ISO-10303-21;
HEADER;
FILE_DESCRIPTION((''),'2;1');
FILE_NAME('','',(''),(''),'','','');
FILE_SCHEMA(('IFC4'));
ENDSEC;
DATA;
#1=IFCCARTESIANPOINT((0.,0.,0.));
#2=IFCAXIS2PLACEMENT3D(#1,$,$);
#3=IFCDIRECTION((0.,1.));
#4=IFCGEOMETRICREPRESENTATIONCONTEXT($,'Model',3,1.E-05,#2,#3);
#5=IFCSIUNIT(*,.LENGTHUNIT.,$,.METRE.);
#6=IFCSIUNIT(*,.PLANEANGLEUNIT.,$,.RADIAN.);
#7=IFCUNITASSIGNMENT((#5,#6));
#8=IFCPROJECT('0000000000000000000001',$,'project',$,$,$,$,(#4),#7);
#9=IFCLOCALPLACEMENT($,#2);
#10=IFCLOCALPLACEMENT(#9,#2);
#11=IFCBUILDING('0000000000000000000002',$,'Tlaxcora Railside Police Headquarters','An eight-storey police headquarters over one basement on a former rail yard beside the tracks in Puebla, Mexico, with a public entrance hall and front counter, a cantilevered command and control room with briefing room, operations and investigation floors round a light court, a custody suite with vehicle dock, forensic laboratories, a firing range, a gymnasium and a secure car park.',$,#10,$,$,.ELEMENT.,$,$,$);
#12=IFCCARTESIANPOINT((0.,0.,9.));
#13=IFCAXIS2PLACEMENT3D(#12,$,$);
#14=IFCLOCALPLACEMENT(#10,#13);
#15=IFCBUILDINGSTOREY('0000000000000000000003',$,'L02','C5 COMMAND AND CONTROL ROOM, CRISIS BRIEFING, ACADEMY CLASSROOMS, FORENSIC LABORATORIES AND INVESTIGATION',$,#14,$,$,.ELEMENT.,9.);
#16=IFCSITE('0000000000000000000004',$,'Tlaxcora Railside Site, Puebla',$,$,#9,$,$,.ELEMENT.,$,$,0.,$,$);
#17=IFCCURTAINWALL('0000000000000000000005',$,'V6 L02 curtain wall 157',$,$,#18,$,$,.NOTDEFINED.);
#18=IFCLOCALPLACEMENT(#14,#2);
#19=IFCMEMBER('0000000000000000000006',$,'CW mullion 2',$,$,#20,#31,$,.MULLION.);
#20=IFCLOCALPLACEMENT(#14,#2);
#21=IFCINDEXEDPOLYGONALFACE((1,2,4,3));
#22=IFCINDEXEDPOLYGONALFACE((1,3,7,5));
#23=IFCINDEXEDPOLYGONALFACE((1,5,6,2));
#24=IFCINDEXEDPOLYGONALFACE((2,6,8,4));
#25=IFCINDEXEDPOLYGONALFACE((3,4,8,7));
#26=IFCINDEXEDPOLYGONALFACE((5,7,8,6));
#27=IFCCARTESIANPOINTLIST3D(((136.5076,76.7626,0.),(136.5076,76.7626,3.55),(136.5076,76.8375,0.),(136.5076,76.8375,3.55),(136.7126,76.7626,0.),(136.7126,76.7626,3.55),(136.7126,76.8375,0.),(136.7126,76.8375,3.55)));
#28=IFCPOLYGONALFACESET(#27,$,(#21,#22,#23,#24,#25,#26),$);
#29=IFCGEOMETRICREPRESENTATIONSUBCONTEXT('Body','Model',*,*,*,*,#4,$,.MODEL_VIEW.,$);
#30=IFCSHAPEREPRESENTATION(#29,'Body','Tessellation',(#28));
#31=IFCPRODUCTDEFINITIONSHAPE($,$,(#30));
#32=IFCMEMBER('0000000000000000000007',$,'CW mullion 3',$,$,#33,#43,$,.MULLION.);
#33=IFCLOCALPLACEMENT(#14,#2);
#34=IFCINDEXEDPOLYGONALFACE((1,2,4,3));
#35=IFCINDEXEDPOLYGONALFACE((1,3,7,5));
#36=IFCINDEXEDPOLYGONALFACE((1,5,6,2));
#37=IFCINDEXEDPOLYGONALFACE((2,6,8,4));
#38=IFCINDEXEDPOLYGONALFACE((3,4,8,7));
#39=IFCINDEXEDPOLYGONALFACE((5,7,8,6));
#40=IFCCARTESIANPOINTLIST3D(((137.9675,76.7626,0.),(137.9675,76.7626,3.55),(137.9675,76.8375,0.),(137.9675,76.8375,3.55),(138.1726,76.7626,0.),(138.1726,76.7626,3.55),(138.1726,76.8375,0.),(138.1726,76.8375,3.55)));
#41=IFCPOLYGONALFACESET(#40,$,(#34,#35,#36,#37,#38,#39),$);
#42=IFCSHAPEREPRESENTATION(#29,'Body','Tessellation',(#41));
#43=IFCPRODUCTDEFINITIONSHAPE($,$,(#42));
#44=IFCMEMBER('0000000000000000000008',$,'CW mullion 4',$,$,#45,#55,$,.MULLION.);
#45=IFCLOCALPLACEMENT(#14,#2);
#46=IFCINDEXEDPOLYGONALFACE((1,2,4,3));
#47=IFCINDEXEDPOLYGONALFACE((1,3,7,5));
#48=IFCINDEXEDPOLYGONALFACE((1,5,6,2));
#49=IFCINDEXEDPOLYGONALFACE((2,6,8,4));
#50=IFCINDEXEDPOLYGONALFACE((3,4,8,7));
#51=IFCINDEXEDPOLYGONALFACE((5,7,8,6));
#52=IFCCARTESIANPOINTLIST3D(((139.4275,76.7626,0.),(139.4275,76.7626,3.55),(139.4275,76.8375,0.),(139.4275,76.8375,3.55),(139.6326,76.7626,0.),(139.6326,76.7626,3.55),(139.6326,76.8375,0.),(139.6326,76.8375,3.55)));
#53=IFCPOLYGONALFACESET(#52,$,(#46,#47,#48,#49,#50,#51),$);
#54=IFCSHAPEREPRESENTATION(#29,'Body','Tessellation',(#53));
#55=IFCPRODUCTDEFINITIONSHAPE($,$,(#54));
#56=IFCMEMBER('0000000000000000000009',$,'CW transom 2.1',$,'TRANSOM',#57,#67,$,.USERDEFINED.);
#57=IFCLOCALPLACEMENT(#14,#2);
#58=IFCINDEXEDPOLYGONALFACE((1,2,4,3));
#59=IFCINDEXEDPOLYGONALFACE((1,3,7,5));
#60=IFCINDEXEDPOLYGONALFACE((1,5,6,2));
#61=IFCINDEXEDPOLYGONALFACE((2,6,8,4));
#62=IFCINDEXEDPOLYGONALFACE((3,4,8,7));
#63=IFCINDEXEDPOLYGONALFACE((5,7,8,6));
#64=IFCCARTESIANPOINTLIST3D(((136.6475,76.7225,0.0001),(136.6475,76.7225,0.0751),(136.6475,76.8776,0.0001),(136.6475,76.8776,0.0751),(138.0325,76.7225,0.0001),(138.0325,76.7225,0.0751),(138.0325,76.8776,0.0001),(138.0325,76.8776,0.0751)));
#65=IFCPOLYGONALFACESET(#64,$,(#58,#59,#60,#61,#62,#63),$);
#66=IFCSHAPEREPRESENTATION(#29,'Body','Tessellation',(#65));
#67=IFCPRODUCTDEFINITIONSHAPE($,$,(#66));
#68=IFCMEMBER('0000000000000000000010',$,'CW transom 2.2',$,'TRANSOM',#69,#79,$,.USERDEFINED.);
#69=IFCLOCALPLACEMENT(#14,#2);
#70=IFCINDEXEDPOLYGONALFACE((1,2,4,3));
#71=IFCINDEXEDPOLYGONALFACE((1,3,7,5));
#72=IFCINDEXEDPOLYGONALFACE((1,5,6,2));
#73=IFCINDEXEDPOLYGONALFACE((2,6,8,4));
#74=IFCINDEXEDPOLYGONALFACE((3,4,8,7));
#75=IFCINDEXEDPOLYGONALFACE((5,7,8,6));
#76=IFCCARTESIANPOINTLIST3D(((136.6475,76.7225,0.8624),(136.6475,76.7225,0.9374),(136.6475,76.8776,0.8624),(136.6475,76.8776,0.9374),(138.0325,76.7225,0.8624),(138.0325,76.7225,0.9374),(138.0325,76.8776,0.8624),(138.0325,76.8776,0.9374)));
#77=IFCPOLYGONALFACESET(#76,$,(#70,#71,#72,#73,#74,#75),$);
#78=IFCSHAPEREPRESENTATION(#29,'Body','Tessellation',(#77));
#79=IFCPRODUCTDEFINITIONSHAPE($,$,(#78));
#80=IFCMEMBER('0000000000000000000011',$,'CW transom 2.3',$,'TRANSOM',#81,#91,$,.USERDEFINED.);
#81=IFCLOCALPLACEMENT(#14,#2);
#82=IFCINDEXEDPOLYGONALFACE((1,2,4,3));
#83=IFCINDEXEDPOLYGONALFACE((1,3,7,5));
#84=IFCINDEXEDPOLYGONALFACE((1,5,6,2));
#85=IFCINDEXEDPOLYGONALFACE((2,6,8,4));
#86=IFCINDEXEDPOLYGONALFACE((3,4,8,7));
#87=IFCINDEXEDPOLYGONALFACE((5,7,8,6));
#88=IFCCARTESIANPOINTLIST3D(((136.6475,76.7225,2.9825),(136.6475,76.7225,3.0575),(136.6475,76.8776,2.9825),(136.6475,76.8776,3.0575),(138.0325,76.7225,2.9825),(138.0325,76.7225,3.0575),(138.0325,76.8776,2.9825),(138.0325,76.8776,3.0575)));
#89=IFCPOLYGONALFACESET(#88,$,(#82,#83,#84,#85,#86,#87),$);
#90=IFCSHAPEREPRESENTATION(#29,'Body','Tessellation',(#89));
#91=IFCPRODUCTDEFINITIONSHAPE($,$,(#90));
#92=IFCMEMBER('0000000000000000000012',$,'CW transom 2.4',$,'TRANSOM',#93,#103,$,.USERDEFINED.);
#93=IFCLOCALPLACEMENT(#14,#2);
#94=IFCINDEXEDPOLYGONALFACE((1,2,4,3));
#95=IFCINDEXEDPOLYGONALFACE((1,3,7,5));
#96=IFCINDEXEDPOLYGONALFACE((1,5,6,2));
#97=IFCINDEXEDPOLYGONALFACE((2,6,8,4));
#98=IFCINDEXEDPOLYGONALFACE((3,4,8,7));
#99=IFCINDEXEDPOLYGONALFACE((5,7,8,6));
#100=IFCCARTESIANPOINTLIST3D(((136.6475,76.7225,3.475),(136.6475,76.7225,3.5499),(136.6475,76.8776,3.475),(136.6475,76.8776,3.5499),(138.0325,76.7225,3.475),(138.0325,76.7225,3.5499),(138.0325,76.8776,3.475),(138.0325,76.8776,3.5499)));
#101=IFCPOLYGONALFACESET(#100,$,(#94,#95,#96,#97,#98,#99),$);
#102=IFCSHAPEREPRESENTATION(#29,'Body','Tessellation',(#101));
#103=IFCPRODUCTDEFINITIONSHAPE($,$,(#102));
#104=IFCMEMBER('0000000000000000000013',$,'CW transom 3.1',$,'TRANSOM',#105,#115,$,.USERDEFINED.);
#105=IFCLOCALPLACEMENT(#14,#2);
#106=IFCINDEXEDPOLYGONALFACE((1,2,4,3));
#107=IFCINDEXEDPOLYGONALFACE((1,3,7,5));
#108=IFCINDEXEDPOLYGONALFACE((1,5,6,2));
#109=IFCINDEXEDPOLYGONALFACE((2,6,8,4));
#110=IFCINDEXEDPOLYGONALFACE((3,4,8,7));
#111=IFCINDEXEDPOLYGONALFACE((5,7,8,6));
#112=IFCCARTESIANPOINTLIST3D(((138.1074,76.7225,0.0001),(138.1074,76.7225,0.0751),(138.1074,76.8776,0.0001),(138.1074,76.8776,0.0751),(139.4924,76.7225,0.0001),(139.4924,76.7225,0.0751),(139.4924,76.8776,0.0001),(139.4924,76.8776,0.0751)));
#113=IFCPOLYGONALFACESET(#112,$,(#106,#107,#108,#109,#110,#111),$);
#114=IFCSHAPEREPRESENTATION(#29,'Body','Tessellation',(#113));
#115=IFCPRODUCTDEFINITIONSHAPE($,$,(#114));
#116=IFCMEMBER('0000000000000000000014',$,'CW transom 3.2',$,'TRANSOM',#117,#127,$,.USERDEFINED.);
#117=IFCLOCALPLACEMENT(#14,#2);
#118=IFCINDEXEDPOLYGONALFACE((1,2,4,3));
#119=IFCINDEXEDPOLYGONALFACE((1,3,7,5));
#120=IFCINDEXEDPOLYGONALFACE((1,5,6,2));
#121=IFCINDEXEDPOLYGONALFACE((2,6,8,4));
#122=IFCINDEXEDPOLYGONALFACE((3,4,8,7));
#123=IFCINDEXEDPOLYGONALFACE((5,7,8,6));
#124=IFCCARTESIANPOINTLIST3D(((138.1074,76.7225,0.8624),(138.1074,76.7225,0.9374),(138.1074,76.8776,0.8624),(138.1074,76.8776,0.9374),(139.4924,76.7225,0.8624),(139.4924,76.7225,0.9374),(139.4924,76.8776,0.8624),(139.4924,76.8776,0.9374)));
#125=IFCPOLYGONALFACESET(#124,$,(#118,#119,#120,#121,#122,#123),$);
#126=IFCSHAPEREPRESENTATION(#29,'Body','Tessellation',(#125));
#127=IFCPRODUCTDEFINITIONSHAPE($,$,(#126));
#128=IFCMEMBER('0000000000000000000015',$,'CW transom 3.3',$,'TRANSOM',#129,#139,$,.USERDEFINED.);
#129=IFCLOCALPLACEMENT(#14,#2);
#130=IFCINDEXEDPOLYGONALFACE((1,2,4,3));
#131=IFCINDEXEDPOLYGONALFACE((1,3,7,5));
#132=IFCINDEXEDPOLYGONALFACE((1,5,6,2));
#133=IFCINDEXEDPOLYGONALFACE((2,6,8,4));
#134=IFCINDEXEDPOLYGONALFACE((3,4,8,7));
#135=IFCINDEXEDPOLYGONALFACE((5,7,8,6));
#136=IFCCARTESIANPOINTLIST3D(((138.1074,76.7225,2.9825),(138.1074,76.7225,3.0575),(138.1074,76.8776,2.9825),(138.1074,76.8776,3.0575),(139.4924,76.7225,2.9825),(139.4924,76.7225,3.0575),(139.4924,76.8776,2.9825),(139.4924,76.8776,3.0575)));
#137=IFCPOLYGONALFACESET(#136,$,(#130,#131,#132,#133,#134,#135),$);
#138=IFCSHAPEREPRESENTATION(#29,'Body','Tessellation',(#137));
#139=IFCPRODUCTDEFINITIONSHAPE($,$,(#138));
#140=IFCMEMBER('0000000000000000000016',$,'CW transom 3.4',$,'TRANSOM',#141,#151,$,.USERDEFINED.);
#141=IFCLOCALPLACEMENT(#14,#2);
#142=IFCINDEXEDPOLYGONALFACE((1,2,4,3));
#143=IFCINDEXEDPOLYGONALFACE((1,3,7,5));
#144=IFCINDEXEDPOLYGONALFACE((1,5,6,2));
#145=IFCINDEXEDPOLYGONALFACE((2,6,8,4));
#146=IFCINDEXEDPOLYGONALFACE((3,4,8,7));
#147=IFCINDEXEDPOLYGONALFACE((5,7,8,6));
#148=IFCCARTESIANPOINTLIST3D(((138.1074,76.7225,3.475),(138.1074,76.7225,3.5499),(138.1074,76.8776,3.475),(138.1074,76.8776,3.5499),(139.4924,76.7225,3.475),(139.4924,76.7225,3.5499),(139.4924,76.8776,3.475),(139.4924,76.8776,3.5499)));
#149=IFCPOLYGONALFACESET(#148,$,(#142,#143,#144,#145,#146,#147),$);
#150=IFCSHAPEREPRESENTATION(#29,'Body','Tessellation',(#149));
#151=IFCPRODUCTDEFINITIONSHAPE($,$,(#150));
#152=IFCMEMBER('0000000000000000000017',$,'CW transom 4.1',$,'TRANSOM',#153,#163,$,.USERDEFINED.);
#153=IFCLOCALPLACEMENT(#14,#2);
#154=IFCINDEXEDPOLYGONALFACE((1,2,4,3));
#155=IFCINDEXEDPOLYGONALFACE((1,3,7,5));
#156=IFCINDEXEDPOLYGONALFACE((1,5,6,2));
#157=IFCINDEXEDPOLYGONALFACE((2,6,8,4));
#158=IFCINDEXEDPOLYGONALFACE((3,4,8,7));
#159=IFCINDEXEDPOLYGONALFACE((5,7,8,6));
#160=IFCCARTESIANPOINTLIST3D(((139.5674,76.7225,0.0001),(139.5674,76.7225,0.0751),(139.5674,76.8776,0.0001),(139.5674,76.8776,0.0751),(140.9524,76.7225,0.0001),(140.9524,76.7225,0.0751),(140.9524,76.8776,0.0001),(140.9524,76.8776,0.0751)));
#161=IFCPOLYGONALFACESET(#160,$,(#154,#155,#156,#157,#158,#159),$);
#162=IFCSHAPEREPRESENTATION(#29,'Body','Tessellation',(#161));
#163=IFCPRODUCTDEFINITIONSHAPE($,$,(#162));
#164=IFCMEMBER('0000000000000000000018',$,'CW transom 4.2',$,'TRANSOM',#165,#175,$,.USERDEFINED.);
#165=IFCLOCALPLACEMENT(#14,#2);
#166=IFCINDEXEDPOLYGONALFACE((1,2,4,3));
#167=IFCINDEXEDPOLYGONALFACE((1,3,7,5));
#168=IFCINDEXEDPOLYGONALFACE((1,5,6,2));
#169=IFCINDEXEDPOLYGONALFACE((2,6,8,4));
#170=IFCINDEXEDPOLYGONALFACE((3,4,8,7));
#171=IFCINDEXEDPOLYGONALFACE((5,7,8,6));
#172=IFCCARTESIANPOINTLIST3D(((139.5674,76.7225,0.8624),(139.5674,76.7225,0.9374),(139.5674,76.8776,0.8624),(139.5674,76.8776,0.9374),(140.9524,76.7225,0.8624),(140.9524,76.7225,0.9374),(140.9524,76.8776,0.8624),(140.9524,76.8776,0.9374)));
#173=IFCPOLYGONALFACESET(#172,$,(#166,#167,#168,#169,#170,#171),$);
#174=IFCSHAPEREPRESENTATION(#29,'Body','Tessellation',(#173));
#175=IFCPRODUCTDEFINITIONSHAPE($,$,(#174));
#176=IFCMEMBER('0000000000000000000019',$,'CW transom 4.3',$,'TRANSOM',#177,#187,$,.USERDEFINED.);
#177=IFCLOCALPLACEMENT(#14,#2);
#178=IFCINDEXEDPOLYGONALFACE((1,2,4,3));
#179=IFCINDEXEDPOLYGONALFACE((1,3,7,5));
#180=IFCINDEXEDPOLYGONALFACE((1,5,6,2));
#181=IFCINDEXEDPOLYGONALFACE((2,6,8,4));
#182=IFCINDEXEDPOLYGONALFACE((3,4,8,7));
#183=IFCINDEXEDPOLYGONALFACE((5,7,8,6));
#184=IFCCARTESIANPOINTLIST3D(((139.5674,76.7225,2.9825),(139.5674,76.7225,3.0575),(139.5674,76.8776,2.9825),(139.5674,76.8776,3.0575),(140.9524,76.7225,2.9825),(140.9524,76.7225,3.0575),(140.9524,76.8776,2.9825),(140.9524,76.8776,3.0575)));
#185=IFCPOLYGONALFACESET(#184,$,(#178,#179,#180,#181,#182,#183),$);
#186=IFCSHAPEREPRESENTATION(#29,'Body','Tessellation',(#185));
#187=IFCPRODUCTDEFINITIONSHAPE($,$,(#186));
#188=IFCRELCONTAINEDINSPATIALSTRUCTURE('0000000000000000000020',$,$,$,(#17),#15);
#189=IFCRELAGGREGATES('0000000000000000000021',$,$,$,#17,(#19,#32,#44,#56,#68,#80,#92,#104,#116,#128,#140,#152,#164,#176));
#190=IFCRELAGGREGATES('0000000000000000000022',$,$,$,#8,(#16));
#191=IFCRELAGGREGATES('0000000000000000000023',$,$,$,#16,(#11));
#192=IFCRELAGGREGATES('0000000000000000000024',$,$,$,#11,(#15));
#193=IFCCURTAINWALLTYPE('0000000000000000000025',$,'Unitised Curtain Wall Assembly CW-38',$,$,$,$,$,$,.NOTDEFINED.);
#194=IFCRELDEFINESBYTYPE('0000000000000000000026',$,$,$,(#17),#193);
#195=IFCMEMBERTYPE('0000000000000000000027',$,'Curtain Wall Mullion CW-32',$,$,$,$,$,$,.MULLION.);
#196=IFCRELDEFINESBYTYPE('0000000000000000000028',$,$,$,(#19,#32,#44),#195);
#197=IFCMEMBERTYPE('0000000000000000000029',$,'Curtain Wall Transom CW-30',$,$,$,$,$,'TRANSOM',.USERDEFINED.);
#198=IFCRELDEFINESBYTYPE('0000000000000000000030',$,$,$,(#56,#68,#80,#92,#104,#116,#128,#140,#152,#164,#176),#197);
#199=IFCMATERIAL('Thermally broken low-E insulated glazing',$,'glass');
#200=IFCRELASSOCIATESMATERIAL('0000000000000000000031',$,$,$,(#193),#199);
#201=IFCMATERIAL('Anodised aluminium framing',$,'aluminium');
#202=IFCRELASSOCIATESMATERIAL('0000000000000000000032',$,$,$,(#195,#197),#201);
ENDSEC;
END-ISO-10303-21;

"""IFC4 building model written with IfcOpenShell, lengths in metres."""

from ifc_helpers import new_model, si_unit, direction, frame, origin, origin_2d, place, context, subcontext, project, spatial, rectangle, extrude, material, material_profile, profile_set, type_object, element, aggregate, save


model = new_model("IFC4")

# Units and contexts
model_context = context("Model", 3, precision=1e-05, world=origin(), true_north=direction((0.0, 1.0)))
body_context = subcontext(model_context, "Body", "Model", "MODEL_VIEW")
ifc_project = project(units=[si_unit("LENGTHUNIT", "METRE"), si_unit("PLANEANGLEUNIT", "RADIAN")], contexts=[model_context])

# Site, building, storey
site_placement = place(None, origin())
site = spatial("IfcSite", under=ifc_project, at=site_placement, Name="Tlaxcora Railside Site, Puebla", CompositionType="ELEMENT", RefElevation=0.0)
building_placement = place(site_placement, origin())
building = spatial("IfcBuilding", under=site, at=building_placement, Name="Tlaxcora Railside Police Headquarters", Description="An eight-storey police headquarters over one basement on a former rail yard beside the tracks in Puebla, Mexico, with a public entrance hall and front counter, a cantilevered command and control room with briefing room, operations and investigation floors round a light court, a custody suite with vehicle dock, forensic laboratories, a firing range, a gymnasium and a secure car park.", CompositionType="ELEMENT")
storey_placement = place(building_placement, frame((0.0, 0.0, 9.0)))
storey = spatial("IfcBuildingStorey", under=building, at=storey_placement, Name="L02", Description="C5 COMMAND AND CONTROL ROOM, CRISIS BRIEFING, ACADEMY CLASSROOMS, FORENSIC LABORATORIES AND INVESTIGATION", CompositionType="ELEMENT", Elevation=9.0)

# Curtain wall, members
ifc_material_1 = material(Name="Thermally broken low-E insulated glazing", Category="glass")
curtain_wall_type = type_object("IfcCurtainWallType", Name="Unitised Curtain Wall Assembly CW-38", PredefinedType="NOTDEFINED", material=ifc_material_1)
curtain_wall_placement = place(storey_placement, origin())
curtain_wall = element("IfcCurtainWall", 1, at=curtain_wall_placement, inside=storey, type_object=curtain_wall_type, Name="V6 L02 curtain wall 157", PredefinedType="NOTDEFINED")
ifc_material_2 = material(Name="Anodised aluminium framing", Category="aluminium")
ifc_material_profile_1 = material_profile(ifc_material_2, rectangle(XDim=0.075, YDim=0.2051, at=origin_2d()), Name="AL75X205")
ifc_profile_set_1 = profile_set([ifc_material_profile_1], Name="Anodised aluminium framing")
member_type_1 = type_object("IfcMemberType", Name="Curtain Wall Mullion CW-32", PredefinedType="MULLION", material=ifc_profile_set_1)
member_1_placement = place(storey_placement, frame((136.6101, 76.8, 0.0), z_axis=(0.0, 0.0, 1.0), x_axis=(0.0, 1.0, 0.0)))
member_1 = element("IfcMember", 2, at=member_1_placement, type_object=member_type_1, Name="CW mullion 2", PredefinedType="MULLION", context=body_context, shape_type="SweptSolid", body=[
    extrude(rectangle(XDim=0.075, YDim=0.2051, at=origin_2d()), origin(), (0.0, 0.0, 1.0), 3.55),
])
member_2_placement = place(storey_placement, frame((138.0701, 76.8, 0.0), z_axis=(0.0, 0.0, 1.0), x_axis=(0.0, 1.0, 0.0)))
member_2 = element("IfcMember", 3, at=member_2_placement, type_object=member_type_1, Name="CW mullion 3", PredefinedType="MULLION", context=body_context, shape_type="SweptSolid", body=[
    extrude(rectangle(XDim=0.075, YDim=0.2051, at=origin_2d()), origin(), (0.0, 0.0, 1.0), 3.55),
])
member_3_placement = place(storey_placement, frame((139.53, 76.8, 0.0), z_axis=(0.0, 0.0, 1.0), x_axis=(0.0, 1.0, 0.0)))
member_3 = element("IfcMember", 4, at=member_3_placement, type_object=member_type_1, Name="CW mullion 4", PredefinedType="MULLION", context=body_context, shape_type="SweptSolid", body=[
    extrude(rectangle(XDim=0.075, YDim=0.2051, at=origin_2d()), origin(), (0.0, 0.0, 1.0), 3.55),
])
ifc_material_profile_2 = material_profile(ifc_material_2, rectangle(XDim=0.155, YDim=0.075, at=origin_2d()), Name="AL75X155")
ifc_profile_set_2 = profile_set([ifc_material_profile_2], Name="Anodised aluminium framing")
member_type_2 = type_object("IfcMemberType", Name="Curtain Wall Transom CW-30", ElementType="TRANSOM", PredefinedType="USERDEFINED", material=ifc_profile_set_2)
member_4_placement = place(storey_placement, frame((136.6475, 76.8, 0.0376), z_axis=(1.0, 0.0, 0.0), x_axis=(0.0, 1.0, 0.0)))
member_4 = element("IfcMember", 5, at=member_4_placement, type_object=member_type_2, Name="CW transom 2.1", ObjectType="TRANSOM", PredefinedType="USERDEFINED", context=body_context, shape_type="SweptSolid", body=[
    extrude(rectangle(XDim=0.155, YDim=0.075, at=origin_2d()), origin(), (0.0, 0.0, 1.0), 1.385),
])
member_5_placement = place(storey_placement, frame((136.6475, 76.8, 0.8999), z_axis=(1.0, 0.0, 0.0), x_axis=(0.0, 1.0, 0.0)))
member_5 = element("IfcMember", 6, at=member_5_placement, type_object=member_type_2, Name="CW transom 2.2", ObjectType="TRANSOM", PredefinedType="USERDEFINED", context=body_context, shape_type="SweptSolid", body=[
    extrude(rectangle(XDim=0.155, YDim=0.075, at=origin_2d()), origin(), (0.0, 0.0, 1.0), 1.385),
])
member_6_placement = place(storey_placement, frame((136.6475, 76.8, 3.02), z_axis=(1.0, 0.0, 0.0), x_axis=(0.0, 1.0, 0.0)))
member_6 = element("IfcMember", 7, at=member_6_placement, type_object=member_type_2, Name="CW transom 2.3", ObjectType="TRANSOM", PredefinedType="USERDEFINED", context=body_context, shape_type="SweptSolid", body=[
    extrude(rectangle(XDim=0.155, YDim=0.075, at=origin_2d()), origin(), (0.0, 0.0, 1.0), 1.385),
])
member_7_placement = place(storey_placement, frame((136.6475, 76.8, 3.5125), z_axis=(1.0, 0.0, 0.0), x_axis=(0.0, 1.0, 0.0)))
member_7 = element("IfcMember", 8, at=member_7_placement, type_object=member_type_2, Name="CW transom 2.4", ObjectType="TRANSOM", PredefinedType="USERDEFINED", context=body_context, shape_type="SweptSolid", body=[
    extrude(rectangle(XDim=0.155, YDim=0.075, at=origin_2d()), origin(), (0.0, 0.0, 1.0), 1.385),
])
member_8_placement = place(storey_placement, frame((138.1074, 76.8, 0.0376), z_axis=(1.0, 0.0, 0.0), x_axis=(0.0, 1.0, 0.0)))
member_8 = element("IfcMember", 9, at=member_8_placement, type_object=member_type_2, Name="CW transom 3.1", ObjectType="TRANSOM", PredefinedType="USERDEFINED", context=body_context, shape_type="SweptSolid", body=[
    extrude(rectangle(XDim=0.155, YDim=0.075, at=origin_2d()), origin(), (0.0, 0.0, 1.0), 1.385),
])
member_9_placement = place(storey_placement, frame((138.1074, 76.8, 0.8999), z_axis=(1.0, 0.0, 0.0), x_axis=(0.0, 1.0, 0.0)))
member_9 = element("IfcMember", 10, at=member_9_placement, type_object=member_type_2, Name="CW transom 3.2", ObjectType="TRANSOM", PredefinedType="USERDEFINED", context=body_context, shape_type="SweptSolid", body=[
    extrude(rectangle(XDim=0.155, YDim=0.075, at=origin_2d()), origin(), (0.0, 0.0, 1.0), 1.385),
])
member_10_placement = place(storey_placement, frame((138.1074, 76.8, 3.02), z_axis=(1.0, 0.0, 0.0), x_axis=(0.0, 1.0, 0.0)))
member_10 = element("IfcMember", 11, at=member_10_placement, type_object=member_type_2, Name="CW transom 3.3", ObjectType="TRANSOM", PredefinedType="USERDEFINED", context=body_context, shape_type="SweptSolid", body=[
    extrude(rectangle(XDim=0.155, YDim=0.075, at=origin_2d()), origin(), (0.0, 0.0, 1.0), 1.385),
])
member_11_placement = place(storey_placement, frame((138.1074, 76.8, 3.5125), z_axis=(1.0, 0.0, 0.0), x_axis=(0.0, 1.0, 0.0)))
member_11 = element("IfcMember", 12, at=member_11_placement, type_object=member_type_2, Name="CW transom 3.4", ObjectType="TRANSOM", PredefinedType="USERDEFINED", context=body_context, shape_type="SweptSolid", body=[
    extrude(rectangle(XDim=0.155, YDim=0.075, at=origin_2d()), origin(), (0.0, 0.0, 1.0), 1.385),
])
member_12_placement = place(storey_placement, frame((139.5674, 76.8, 0.0376), z_axis=(1.0, 0.0, 0.0), x_axis=(0.0, 1.0, 0.0)))
member_12 = element("IfcMember", 13, at=member_12_placement, type_object=member_type_2, Name="CW transom 4.1", ObjectType="TRANSOM", PredefinedType="USERDEFINED", context=body_context, shape_type="SweptSolid", body=[
    extrude(rectangle(XDim=0.155, YDim=0.075, at=origin_2d()), origin(), (0.0, 0.0, 1.0), 1.385),
])
member_13_placement = place(storey_placement, frame((139.5674, 76.8, 0.8999), z_axis=(1.0, 0.0, 0.0), x_axis=(0.0, 1.0, 0.0)))
member_13 = element("IfcMember", 14, at=member_13_placement, type_object=member_type_2, Name="CW transom 4.2", ObjectType="TRANSOM", PredefinedType="USERDEFINED", context=body_context, shape_type="SweptSolid", body=[
    extrude(rectangle(XDim=0.155, YDim=0.075, at=origin_2d()), origin(), (0.0, 0.0, 1.0), 1.385),
])
member_14_placement = place(storey_placement, frame((139.5674, 76.8, 3.02), z_axis=(1.0, 0.0, 0.0), x_axis=(0.0, 1.0, 0.0)))
member_14 = element("IfcMember", 15, at=member_14_placement, type_object=member_type_2, Name="CW transom 4.3", ObjectType="TRANSOM", PredefinedType="USERDEFINED", context=body_context, shape_type="SweptSolid", body=[
    extrude(rectangle(XDim=0.155, YDim=0.075, at=origin_2d()), origin(), (0.0, 0.0, 1.0), 1.385),
])
aggregate(curtain_wall, [member_1, member_2, member_3, member_4, member_5, member_6, member_7, member_8, member_9, member_10, member_11, member_12, member_13, member_14])

save(model, "model.ifc")
